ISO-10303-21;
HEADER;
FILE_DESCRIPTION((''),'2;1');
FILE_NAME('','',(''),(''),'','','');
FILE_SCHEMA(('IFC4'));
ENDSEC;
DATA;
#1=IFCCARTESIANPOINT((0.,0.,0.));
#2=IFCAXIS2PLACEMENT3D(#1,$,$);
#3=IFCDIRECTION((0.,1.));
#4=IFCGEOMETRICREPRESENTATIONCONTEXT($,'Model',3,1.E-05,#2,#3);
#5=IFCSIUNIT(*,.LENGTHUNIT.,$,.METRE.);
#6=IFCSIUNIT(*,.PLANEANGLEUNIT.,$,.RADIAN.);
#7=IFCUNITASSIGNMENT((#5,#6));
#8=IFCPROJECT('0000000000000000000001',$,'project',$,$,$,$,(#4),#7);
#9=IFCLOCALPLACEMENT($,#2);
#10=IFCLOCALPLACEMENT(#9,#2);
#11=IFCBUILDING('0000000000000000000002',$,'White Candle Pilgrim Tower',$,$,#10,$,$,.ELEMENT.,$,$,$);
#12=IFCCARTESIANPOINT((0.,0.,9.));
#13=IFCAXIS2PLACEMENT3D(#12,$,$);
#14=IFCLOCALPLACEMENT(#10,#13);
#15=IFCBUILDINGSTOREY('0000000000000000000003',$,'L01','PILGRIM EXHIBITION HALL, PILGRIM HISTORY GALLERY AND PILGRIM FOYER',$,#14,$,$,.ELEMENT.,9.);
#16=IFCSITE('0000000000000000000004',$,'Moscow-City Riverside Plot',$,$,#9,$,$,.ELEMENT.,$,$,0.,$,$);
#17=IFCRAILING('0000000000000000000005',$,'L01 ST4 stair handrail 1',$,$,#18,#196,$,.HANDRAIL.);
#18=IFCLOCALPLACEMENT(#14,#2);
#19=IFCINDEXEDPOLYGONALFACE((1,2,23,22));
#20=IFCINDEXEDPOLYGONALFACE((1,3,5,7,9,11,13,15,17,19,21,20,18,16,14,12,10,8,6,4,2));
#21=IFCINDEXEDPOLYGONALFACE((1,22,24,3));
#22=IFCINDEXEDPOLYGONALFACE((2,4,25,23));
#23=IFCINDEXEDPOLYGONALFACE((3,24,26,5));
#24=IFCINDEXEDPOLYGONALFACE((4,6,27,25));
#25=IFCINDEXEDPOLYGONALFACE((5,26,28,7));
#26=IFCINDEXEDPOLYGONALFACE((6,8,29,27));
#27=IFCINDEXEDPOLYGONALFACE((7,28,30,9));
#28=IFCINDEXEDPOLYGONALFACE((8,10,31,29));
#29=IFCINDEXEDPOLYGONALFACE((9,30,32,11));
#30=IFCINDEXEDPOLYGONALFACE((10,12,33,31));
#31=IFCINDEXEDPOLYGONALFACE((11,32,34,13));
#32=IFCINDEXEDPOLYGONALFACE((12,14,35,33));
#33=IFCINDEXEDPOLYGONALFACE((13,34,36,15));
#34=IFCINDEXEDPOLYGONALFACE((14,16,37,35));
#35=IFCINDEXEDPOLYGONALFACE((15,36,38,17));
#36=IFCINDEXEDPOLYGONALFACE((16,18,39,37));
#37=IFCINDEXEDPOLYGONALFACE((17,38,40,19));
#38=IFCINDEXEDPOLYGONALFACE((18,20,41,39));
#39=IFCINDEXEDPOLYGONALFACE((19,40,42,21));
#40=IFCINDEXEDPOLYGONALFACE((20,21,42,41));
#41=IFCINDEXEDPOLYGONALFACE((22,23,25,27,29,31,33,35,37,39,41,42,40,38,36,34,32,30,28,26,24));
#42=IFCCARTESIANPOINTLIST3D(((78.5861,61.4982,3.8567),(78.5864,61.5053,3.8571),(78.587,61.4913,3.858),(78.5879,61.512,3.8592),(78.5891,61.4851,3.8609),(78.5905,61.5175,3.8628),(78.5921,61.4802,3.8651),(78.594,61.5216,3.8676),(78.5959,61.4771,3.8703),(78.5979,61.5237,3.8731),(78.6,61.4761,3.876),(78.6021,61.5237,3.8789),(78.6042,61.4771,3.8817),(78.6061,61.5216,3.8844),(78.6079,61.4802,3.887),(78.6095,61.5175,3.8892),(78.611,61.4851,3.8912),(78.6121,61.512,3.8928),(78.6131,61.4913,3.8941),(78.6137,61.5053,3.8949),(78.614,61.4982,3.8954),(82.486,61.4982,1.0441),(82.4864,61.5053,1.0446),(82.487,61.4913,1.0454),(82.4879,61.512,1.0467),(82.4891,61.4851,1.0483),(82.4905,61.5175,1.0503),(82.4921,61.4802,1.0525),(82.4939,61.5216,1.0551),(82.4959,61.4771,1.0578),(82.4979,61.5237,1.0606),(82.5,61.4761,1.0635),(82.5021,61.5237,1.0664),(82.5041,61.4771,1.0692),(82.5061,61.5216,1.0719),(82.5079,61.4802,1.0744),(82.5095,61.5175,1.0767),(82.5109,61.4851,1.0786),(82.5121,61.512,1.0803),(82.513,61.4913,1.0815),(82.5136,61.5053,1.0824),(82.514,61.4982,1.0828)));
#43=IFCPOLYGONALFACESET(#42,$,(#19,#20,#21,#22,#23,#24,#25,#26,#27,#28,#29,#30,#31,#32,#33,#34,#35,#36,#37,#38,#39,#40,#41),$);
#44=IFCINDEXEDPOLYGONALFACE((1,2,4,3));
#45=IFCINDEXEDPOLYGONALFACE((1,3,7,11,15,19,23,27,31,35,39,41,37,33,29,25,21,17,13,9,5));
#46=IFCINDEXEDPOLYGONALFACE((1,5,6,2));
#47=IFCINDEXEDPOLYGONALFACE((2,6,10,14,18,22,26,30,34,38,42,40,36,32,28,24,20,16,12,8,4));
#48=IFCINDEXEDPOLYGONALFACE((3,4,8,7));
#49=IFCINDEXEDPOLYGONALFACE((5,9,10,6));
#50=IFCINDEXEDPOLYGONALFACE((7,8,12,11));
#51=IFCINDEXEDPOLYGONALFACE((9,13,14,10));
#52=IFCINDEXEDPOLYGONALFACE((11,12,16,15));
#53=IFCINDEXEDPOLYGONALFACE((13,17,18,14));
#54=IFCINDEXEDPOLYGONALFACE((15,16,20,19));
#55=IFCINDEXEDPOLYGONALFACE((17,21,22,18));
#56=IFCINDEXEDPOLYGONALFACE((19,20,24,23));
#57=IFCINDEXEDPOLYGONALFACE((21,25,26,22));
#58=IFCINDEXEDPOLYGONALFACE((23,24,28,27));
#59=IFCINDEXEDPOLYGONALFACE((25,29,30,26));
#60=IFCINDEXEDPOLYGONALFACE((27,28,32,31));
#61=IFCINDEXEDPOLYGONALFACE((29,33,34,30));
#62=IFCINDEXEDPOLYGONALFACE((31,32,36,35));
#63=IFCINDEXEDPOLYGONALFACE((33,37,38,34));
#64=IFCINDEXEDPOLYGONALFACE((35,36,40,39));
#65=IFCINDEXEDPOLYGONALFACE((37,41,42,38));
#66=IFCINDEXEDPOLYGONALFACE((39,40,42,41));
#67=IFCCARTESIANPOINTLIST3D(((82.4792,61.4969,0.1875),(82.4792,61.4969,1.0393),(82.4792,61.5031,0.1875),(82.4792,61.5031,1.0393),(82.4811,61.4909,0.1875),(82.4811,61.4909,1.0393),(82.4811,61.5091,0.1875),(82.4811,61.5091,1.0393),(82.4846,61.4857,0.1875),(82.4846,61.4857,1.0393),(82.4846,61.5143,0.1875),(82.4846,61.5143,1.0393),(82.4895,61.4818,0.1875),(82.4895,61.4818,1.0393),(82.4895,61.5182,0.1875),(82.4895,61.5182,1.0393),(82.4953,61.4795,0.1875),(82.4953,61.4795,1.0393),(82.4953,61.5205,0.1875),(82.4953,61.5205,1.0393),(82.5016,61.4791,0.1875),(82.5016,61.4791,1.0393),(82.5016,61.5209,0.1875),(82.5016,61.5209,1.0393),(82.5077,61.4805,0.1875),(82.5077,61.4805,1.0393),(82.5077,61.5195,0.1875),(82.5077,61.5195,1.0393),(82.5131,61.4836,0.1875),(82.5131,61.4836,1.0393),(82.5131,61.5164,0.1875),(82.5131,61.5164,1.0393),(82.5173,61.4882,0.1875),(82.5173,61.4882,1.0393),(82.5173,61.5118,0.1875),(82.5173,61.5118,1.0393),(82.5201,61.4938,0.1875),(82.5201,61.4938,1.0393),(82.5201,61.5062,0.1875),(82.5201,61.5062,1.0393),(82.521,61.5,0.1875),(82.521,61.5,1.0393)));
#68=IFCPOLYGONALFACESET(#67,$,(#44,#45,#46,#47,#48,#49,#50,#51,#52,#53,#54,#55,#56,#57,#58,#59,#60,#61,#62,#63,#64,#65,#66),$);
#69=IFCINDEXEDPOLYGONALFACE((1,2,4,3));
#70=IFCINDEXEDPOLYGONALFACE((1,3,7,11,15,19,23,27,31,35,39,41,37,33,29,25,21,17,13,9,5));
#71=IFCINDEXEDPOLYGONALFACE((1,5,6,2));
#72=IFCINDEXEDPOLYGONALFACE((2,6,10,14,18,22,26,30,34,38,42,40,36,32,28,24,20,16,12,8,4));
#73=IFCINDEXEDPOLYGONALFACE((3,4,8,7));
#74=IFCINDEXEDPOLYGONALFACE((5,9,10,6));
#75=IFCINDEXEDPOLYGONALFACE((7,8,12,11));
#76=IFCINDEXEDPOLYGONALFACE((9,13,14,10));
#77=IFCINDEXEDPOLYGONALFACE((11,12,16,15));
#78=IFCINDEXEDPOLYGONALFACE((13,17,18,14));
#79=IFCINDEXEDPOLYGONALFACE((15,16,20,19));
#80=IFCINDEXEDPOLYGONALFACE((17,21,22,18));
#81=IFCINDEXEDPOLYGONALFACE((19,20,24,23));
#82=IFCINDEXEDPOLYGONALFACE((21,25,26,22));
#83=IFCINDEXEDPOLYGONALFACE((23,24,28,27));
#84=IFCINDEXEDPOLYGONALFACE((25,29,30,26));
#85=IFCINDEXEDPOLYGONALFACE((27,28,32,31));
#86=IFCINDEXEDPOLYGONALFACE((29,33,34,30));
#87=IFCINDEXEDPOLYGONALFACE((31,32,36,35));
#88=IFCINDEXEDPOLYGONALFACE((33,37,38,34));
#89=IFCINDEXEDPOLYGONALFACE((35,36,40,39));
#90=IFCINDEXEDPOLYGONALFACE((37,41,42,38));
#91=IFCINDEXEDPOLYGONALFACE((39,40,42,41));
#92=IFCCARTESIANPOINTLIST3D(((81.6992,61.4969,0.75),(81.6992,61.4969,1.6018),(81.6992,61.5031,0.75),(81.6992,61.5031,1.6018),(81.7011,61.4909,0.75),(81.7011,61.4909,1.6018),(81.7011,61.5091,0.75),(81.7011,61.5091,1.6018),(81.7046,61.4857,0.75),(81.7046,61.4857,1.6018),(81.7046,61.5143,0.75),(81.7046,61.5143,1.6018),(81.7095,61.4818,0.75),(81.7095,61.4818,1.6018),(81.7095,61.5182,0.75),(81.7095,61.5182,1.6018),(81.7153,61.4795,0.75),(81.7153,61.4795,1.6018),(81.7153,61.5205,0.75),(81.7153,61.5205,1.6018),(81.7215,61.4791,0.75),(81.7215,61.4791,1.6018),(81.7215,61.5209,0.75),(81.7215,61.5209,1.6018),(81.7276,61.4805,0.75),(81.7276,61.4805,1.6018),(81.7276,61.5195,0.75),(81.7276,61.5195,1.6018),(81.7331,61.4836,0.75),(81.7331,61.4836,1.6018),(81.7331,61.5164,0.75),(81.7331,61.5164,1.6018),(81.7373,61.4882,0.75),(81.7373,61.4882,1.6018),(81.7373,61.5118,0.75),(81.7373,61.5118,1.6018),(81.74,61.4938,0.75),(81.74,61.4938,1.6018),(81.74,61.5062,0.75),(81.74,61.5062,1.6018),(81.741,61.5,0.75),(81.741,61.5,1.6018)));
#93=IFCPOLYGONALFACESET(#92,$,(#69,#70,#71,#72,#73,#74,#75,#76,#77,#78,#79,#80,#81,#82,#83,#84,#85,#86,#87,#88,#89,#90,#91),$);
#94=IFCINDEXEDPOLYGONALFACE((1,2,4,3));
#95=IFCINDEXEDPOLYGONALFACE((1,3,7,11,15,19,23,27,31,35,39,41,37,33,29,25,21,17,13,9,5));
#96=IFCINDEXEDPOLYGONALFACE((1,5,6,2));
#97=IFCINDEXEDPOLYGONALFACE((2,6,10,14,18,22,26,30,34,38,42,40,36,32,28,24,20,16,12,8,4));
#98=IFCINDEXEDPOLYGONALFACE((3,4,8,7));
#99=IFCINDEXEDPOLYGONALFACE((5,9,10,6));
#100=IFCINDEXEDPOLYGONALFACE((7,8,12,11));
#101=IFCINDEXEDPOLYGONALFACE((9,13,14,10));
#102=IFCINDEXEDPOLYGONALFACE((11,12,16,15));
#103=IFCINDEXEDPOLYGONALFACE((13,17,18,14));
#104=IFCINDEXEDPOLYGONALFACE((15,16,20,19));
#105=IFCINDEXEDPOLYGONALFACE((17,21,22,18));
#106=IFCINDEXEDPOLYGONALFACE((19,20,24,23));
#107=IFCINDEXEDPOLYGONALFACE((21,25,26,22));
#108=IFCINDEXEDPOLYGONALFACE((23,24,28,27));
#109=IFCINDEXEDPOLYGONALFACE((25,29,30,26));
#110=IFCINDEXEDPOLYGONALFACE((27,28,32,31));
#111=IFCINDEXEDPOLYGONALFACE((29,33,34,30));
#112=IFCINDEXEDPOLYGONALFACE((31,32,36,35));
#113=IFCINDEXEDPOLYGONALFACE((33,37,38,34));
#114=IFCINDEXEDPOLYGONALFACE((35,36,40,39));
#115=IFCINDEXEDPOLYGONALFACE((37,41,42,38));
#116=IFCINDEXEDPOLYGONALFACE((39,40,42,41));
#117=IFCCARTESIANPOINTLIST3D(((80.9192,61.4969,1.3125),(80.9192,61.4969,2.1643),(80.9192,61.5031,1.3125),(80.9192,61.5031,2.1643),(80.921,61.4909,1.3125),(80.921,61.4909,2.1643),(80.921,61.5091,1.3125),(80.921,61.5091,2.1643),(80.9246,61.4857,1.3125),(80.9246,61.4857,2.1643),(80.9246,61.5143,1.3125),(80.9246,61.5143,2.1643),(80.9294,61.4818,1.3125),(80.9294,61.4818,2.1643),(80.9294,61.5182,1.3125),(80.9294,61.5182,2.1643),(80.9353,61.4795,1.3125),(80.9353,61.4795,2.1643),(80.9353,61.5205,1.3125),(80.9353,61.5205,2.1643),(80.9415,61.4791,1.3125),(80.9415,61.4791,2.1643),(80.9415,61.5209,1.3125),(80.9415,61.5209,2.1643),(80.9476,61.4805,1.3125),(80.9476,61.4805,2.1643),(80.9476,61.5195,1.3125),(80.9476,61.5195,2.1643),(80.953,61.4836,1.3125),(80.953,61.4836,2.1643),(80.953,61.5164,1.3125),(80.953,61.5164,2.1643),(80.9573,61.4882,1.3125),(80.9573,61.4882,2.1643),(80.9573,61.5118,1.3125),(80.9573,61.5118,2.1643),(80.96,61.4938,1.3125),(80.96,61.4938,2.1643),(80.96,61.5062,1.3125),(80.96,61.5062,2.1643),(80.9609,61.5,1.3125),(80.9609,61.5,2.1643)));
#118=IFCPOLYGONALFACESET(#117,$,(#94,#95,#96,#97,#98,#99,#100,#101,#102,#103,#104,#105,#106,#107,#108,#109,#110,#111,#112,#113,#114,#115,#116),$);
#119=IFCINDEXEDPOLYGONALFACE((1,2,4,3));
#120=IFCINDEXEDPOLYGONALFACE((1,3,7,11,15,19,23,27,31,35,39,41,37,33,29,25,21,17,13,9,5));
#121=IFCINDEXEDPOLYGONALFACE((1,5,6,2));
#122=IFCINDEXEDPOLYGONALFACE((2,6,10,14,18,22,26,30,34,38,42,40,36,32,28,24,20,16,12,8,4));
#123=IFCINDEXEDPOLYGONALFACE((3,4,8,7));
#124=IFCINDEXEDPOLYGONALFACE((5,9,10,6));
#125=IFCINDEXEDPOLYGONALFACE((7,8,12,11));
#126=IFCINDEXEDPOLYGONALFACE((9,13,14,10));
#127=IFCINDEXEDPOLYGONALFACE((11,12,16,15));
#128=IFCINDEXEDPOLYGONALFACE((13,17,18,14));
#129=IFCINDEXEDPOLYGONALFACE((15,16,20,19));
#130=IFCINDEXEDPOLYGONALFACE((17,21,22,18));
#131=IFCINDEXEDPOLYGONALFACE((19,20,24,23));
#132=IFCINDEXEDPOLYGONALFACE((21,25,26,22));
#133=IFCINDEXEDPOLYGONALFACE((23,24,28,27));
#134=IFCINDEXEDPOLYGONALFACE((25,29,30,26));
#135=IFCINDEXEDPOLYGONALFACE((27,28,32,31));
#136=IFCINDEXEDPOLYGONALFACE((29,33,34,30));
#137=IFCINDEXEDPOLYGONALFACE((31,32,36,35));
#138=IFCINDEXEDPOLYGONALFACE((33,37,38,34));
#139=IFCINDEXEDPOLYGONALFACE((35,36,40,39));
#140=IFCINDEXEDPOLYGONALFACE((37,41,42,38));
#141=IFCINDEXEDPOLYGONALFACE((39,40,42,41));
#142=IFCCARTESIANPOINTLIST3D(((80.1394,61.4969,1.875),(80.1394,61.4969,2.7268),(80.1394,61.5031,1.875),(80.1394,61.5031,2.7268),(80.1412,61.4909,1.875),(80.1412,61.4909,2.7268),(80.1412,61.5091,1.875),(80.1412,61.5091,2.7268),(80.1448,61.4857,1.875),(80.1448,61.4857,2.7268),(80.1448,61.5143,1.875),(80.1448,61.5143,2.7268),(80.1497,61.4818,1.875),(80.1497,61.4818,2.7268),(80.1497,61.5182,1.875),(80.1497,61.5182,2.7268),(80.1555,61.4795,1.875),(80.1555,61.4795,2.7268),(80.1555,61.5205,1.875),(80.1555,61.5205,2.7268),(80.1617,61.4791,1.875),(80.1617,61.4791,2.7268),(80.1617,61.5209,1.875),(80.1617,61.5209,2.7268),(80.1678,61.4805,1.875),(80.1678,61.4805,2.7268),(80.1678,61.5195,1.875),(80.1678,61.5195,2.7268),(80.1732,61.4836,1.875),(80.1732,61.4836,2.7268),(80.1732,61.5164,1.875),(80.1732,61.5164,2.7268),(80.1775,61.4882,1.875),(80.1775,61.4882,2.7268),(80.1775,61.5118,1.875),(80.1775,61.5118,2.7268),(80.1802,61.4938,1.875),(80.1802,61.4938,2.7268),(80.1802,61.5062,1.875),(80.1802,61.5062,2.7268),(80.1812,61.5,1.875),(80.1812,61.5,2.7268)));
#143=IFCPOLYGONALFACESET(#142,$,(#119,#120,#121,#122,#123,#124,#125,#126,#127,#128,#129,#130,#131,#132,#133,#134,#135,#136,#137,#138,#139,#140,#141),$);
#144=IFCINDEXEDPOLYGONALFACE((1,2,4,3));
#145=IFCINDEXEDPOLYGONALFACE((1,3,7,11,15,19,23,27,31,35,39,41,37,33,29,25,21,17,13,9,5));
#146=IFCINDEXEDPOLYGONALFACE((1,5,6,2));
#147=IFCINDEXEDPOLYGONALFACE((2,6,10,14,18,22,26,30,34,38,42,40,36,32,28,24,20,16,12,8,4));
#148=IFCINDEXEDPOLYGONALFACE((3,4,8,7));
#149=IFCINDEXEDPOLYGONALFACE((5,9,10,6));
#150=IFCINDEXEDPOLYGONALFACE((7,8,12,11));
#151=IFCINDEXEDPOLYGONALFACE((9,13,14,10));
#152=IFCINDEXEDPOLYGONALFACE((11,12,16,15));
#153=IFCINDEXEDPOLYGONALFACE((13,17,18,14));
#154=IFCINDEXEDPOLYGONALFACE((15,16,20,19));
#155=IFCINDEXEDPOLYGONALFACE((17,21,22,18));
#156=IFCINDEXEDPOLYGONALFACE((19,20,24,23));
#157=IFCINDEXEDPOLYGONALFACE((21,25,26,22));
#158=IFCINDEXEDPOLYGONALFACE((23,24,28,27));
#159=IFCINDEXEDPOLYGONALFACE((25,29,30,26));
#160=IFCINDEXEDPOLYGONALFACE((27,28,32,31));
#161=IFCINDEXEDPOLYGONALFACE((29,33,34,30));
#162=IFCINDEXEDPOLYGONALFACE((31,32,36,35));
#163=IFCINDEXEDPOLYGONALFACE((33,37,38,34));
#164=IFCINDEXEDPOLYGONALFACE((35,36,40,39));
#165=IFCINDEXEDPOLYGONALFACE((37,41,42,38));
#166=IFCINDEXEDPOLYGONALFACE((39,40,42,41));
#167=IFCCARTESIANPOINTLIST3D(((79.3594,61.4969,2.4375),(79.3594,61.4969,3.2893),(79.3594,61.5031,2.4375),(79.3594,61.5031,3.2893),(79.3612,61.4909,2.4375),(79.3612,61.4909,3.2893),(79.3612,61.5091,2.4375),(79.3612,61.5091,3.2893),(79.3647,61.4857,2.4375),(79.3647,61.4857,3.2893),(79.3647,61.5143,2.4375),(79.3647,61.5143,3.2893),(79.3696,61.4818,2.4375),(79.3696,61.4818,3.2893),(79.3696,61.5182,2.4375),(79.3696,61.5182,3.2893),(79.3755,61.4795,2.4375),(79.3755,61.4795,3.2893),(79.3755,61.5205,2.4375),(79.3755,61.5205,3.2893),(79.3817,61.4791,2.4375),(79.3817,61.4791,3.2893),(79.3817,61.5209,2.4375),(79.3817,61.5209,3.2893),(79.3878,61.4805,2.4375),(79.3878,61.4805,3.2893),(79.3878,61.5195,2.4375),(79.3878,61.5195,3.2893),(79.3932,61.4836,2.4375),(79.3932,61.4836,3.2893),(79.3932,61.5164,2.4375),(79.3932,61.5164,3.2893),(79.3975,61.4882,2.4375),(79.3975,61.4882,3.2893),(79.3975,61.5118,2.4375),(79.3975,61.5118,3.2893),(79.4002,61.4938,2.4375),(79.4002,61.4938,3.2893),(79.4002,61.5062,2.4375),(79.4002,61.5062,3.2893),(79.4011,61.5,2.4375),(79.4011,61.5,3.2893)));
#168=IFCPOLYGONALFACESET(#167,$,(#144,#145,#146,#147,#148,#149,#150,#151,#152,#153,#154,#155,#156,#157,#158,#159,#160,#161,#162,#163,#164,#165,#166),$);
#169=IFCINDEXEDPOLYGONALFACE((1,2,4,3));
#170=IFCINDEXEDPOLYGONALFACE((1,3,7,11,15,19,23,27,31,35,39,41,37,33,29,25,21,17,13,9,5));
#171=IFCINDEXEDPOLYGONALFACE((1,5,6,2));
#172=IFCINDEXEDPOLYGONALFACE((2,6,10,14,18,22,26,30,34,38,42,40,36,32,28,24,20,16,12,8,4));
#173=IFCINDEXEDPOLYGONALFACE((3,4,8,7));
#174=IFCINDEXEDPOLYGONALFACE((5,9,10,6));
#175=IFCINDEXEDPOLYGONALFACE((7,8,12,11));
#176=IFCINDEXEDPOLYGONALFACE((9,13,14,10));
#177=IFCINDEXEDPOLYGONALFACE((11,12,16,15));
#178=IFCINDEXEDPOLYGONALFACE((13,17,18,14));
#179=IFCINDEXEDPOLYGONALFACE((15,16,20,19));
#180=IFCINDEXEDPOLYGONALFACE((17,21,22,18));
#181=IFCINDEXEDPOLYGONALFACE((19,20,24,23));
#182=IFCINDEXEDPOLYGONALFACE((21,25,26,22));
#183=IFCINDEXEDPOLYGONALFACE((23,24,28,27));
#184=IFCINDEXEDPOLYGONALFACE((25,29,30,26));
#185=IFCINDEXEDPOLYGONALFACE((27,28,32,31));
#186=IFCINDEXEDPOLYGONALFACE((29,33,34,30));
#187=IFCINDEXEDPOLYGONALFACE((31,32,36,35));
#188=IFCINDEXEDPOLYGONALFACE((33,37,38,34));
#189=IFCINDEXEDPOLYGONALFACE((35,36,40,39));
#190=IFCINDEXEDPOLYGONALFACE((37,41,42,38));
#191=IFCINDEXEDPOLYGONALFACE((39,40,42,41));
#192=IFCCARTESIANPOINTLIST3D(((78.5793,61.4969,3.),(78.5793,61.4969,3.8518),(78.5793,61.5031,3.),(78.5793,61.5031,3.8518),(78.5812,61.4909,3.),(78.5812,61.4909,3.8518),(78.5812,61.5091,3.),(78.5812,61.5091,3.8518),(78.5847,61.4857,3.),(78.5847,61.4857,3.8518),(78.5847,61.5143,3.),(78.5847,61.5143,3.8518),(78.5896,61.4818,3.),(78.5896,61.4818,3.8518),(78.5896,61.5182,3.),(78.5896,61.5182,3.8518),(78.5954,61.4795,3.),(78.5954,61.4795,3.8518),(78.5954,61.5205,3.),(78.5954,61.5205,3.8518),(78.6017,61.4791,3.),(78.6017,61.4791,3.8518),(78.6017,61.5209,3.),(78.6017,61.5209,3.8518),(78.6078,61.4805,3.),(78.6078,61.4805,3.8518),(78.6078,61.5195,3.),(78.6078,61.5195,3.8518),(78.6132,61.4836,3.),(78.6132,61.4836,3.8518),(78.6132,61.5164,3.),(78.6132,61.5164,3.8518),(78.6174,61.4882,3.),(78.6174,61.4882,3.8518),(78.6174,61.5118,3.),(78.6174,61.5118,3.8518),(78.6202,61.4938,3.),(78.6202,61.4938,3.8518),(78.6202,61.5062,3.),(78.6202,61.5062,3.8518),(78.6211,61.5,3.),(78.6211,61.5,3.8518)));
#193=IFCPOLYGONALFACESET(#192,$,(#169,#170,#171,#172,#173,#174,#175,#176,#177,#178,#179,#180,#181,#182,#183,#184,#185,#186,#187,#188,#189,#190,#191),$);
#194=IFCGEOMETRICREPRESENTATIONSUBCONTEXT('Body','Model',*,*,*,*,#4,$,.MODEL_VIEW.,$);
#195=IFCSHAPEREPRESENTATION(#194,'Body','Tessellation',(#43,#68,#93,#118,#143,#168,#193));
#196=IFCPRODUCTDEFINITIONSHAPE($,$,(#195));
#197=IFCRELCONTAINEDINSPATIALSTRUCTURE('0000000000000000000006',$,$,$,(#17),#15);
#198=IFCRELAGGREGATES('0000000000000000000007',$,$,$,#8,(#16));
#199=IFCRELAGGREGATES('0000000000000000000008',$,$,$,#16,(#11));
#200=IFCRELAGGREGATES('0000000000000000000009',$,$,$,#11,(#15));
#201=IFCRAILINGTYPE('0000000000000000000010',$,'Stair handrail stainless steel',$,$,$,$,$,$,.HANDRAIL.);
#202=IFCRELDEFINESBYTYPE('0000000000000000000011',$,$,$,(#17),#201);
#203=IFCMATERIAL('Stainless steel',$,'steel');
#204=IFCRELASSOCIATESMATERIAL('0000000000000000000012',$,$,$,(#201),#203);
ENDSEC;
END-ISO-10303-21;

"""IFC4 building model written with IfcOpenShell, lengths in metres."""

from ifc_helpers import new_model, si_unit, direction, frame, origin, origin_2d, place, context, subcontext, project, spatial, circle, extrude, material, type_object, element, save


model = new_model("IFC4")

# Units and contexts
model_context = context("Model", 3, precision=1e-05, world=origin(), true_north=direction((0.0, 1.0)))
body_context = subcontext(model_context, "Body", "Model", "MODEL_VIEW")
ifc_project = project(units=[si_unit("LENGTHUNIT", "METRE"), si_unit("PLANEANGLEUNIT", "RADIAN")], contexts=[model_context])

# Site, building, storey
site_placement = place(None, origin())
site = spatial("IfcSite", under=ifc_project, at=site_placement, Name="Moscow-City Riverside Plot", CompositionType="ELEMENT", RefElevation=0.0)
building_placement = place(site_placement, origin())
building = spatial("IfcBuilding", under=site, at=building_placement, Name="White Candle Pilgrim Tower", CompositionType="ELEMENT")
storey_placement = place(building_placement, frame((0.0, 0.0, 9.0)))
storey = spatial("IfcBuildingStorey", under=building, at=storey_placement, Name="L01", Description="PILGRIM EXHIBITION HALL, PILGRIM HISTORY GALLERY AND PILGRIM FOYER", CompositionType="ELEMENT", Elevation=9.0)

# Railing
ifc_material_1 = material(Name="Stainless steel", Category="steel")
railing_type_1 = type_object("IfcRailingType", Name="Stair handrail stainless steel", PredefinedType="HANDRAIL", material=ifc_material_1)
railing_1_placement = place(storey_placement, frame((82.5, 61.5, 0.1875)))
element("IfcRailing", 1, at=railing_1_placement, inside=storey, type_object=railing_type_1, Name="L01 ST4 stair handrail 1", PredefinedType="HANDRAIL", context=body_context, shape_type="SweptSolid", body=[
    extrude(circle(Radius=0.0239, at=origin_2d()), frame((0.0, 0.0, 0.876), z_axis=(-0.811083, 0.0, 0.584931), x_axis=(0.0, -1.0, 0.0)), (0.0, 0.0, 1.0), 4.8083),
    extrude(circle(Radius=0.021, at=origin_2d()), origin(), (0.0, 0.0, 1.0), 0.8518),
    extrude(circle(Radius=0.021, at=origin_2d()), frame((-0.78, 0.0, 0.5625)), (0.0, 0.0, 1.0), 0.8518),
    extrude(circle(Radius=0.021, at=origin_2d()), frame((-1.5601, 0.0, 1.125)), (0.0, 0.0, 1.0), 0.8518),
    extrude(circle(Radius=0.021, at=origin_2d()), frame((-2.3398, 0.0, 1.6875)), (0.0, 0.0, 1.0), 0.8518),
    extrude(circle(Radius=0.021, at=origin_2d()), frame((-3.1199, 0.0, 2.25)), (0.0, 0.0, 1.0), 0.8518),
    extrude(circle(Radius=0.021, at=origin_2d()), frame((-3.8999, 0.0, 2.8125)), (0.0, 0.0, 1.0), 0.8518),
])

save(model, "model.ifc")
